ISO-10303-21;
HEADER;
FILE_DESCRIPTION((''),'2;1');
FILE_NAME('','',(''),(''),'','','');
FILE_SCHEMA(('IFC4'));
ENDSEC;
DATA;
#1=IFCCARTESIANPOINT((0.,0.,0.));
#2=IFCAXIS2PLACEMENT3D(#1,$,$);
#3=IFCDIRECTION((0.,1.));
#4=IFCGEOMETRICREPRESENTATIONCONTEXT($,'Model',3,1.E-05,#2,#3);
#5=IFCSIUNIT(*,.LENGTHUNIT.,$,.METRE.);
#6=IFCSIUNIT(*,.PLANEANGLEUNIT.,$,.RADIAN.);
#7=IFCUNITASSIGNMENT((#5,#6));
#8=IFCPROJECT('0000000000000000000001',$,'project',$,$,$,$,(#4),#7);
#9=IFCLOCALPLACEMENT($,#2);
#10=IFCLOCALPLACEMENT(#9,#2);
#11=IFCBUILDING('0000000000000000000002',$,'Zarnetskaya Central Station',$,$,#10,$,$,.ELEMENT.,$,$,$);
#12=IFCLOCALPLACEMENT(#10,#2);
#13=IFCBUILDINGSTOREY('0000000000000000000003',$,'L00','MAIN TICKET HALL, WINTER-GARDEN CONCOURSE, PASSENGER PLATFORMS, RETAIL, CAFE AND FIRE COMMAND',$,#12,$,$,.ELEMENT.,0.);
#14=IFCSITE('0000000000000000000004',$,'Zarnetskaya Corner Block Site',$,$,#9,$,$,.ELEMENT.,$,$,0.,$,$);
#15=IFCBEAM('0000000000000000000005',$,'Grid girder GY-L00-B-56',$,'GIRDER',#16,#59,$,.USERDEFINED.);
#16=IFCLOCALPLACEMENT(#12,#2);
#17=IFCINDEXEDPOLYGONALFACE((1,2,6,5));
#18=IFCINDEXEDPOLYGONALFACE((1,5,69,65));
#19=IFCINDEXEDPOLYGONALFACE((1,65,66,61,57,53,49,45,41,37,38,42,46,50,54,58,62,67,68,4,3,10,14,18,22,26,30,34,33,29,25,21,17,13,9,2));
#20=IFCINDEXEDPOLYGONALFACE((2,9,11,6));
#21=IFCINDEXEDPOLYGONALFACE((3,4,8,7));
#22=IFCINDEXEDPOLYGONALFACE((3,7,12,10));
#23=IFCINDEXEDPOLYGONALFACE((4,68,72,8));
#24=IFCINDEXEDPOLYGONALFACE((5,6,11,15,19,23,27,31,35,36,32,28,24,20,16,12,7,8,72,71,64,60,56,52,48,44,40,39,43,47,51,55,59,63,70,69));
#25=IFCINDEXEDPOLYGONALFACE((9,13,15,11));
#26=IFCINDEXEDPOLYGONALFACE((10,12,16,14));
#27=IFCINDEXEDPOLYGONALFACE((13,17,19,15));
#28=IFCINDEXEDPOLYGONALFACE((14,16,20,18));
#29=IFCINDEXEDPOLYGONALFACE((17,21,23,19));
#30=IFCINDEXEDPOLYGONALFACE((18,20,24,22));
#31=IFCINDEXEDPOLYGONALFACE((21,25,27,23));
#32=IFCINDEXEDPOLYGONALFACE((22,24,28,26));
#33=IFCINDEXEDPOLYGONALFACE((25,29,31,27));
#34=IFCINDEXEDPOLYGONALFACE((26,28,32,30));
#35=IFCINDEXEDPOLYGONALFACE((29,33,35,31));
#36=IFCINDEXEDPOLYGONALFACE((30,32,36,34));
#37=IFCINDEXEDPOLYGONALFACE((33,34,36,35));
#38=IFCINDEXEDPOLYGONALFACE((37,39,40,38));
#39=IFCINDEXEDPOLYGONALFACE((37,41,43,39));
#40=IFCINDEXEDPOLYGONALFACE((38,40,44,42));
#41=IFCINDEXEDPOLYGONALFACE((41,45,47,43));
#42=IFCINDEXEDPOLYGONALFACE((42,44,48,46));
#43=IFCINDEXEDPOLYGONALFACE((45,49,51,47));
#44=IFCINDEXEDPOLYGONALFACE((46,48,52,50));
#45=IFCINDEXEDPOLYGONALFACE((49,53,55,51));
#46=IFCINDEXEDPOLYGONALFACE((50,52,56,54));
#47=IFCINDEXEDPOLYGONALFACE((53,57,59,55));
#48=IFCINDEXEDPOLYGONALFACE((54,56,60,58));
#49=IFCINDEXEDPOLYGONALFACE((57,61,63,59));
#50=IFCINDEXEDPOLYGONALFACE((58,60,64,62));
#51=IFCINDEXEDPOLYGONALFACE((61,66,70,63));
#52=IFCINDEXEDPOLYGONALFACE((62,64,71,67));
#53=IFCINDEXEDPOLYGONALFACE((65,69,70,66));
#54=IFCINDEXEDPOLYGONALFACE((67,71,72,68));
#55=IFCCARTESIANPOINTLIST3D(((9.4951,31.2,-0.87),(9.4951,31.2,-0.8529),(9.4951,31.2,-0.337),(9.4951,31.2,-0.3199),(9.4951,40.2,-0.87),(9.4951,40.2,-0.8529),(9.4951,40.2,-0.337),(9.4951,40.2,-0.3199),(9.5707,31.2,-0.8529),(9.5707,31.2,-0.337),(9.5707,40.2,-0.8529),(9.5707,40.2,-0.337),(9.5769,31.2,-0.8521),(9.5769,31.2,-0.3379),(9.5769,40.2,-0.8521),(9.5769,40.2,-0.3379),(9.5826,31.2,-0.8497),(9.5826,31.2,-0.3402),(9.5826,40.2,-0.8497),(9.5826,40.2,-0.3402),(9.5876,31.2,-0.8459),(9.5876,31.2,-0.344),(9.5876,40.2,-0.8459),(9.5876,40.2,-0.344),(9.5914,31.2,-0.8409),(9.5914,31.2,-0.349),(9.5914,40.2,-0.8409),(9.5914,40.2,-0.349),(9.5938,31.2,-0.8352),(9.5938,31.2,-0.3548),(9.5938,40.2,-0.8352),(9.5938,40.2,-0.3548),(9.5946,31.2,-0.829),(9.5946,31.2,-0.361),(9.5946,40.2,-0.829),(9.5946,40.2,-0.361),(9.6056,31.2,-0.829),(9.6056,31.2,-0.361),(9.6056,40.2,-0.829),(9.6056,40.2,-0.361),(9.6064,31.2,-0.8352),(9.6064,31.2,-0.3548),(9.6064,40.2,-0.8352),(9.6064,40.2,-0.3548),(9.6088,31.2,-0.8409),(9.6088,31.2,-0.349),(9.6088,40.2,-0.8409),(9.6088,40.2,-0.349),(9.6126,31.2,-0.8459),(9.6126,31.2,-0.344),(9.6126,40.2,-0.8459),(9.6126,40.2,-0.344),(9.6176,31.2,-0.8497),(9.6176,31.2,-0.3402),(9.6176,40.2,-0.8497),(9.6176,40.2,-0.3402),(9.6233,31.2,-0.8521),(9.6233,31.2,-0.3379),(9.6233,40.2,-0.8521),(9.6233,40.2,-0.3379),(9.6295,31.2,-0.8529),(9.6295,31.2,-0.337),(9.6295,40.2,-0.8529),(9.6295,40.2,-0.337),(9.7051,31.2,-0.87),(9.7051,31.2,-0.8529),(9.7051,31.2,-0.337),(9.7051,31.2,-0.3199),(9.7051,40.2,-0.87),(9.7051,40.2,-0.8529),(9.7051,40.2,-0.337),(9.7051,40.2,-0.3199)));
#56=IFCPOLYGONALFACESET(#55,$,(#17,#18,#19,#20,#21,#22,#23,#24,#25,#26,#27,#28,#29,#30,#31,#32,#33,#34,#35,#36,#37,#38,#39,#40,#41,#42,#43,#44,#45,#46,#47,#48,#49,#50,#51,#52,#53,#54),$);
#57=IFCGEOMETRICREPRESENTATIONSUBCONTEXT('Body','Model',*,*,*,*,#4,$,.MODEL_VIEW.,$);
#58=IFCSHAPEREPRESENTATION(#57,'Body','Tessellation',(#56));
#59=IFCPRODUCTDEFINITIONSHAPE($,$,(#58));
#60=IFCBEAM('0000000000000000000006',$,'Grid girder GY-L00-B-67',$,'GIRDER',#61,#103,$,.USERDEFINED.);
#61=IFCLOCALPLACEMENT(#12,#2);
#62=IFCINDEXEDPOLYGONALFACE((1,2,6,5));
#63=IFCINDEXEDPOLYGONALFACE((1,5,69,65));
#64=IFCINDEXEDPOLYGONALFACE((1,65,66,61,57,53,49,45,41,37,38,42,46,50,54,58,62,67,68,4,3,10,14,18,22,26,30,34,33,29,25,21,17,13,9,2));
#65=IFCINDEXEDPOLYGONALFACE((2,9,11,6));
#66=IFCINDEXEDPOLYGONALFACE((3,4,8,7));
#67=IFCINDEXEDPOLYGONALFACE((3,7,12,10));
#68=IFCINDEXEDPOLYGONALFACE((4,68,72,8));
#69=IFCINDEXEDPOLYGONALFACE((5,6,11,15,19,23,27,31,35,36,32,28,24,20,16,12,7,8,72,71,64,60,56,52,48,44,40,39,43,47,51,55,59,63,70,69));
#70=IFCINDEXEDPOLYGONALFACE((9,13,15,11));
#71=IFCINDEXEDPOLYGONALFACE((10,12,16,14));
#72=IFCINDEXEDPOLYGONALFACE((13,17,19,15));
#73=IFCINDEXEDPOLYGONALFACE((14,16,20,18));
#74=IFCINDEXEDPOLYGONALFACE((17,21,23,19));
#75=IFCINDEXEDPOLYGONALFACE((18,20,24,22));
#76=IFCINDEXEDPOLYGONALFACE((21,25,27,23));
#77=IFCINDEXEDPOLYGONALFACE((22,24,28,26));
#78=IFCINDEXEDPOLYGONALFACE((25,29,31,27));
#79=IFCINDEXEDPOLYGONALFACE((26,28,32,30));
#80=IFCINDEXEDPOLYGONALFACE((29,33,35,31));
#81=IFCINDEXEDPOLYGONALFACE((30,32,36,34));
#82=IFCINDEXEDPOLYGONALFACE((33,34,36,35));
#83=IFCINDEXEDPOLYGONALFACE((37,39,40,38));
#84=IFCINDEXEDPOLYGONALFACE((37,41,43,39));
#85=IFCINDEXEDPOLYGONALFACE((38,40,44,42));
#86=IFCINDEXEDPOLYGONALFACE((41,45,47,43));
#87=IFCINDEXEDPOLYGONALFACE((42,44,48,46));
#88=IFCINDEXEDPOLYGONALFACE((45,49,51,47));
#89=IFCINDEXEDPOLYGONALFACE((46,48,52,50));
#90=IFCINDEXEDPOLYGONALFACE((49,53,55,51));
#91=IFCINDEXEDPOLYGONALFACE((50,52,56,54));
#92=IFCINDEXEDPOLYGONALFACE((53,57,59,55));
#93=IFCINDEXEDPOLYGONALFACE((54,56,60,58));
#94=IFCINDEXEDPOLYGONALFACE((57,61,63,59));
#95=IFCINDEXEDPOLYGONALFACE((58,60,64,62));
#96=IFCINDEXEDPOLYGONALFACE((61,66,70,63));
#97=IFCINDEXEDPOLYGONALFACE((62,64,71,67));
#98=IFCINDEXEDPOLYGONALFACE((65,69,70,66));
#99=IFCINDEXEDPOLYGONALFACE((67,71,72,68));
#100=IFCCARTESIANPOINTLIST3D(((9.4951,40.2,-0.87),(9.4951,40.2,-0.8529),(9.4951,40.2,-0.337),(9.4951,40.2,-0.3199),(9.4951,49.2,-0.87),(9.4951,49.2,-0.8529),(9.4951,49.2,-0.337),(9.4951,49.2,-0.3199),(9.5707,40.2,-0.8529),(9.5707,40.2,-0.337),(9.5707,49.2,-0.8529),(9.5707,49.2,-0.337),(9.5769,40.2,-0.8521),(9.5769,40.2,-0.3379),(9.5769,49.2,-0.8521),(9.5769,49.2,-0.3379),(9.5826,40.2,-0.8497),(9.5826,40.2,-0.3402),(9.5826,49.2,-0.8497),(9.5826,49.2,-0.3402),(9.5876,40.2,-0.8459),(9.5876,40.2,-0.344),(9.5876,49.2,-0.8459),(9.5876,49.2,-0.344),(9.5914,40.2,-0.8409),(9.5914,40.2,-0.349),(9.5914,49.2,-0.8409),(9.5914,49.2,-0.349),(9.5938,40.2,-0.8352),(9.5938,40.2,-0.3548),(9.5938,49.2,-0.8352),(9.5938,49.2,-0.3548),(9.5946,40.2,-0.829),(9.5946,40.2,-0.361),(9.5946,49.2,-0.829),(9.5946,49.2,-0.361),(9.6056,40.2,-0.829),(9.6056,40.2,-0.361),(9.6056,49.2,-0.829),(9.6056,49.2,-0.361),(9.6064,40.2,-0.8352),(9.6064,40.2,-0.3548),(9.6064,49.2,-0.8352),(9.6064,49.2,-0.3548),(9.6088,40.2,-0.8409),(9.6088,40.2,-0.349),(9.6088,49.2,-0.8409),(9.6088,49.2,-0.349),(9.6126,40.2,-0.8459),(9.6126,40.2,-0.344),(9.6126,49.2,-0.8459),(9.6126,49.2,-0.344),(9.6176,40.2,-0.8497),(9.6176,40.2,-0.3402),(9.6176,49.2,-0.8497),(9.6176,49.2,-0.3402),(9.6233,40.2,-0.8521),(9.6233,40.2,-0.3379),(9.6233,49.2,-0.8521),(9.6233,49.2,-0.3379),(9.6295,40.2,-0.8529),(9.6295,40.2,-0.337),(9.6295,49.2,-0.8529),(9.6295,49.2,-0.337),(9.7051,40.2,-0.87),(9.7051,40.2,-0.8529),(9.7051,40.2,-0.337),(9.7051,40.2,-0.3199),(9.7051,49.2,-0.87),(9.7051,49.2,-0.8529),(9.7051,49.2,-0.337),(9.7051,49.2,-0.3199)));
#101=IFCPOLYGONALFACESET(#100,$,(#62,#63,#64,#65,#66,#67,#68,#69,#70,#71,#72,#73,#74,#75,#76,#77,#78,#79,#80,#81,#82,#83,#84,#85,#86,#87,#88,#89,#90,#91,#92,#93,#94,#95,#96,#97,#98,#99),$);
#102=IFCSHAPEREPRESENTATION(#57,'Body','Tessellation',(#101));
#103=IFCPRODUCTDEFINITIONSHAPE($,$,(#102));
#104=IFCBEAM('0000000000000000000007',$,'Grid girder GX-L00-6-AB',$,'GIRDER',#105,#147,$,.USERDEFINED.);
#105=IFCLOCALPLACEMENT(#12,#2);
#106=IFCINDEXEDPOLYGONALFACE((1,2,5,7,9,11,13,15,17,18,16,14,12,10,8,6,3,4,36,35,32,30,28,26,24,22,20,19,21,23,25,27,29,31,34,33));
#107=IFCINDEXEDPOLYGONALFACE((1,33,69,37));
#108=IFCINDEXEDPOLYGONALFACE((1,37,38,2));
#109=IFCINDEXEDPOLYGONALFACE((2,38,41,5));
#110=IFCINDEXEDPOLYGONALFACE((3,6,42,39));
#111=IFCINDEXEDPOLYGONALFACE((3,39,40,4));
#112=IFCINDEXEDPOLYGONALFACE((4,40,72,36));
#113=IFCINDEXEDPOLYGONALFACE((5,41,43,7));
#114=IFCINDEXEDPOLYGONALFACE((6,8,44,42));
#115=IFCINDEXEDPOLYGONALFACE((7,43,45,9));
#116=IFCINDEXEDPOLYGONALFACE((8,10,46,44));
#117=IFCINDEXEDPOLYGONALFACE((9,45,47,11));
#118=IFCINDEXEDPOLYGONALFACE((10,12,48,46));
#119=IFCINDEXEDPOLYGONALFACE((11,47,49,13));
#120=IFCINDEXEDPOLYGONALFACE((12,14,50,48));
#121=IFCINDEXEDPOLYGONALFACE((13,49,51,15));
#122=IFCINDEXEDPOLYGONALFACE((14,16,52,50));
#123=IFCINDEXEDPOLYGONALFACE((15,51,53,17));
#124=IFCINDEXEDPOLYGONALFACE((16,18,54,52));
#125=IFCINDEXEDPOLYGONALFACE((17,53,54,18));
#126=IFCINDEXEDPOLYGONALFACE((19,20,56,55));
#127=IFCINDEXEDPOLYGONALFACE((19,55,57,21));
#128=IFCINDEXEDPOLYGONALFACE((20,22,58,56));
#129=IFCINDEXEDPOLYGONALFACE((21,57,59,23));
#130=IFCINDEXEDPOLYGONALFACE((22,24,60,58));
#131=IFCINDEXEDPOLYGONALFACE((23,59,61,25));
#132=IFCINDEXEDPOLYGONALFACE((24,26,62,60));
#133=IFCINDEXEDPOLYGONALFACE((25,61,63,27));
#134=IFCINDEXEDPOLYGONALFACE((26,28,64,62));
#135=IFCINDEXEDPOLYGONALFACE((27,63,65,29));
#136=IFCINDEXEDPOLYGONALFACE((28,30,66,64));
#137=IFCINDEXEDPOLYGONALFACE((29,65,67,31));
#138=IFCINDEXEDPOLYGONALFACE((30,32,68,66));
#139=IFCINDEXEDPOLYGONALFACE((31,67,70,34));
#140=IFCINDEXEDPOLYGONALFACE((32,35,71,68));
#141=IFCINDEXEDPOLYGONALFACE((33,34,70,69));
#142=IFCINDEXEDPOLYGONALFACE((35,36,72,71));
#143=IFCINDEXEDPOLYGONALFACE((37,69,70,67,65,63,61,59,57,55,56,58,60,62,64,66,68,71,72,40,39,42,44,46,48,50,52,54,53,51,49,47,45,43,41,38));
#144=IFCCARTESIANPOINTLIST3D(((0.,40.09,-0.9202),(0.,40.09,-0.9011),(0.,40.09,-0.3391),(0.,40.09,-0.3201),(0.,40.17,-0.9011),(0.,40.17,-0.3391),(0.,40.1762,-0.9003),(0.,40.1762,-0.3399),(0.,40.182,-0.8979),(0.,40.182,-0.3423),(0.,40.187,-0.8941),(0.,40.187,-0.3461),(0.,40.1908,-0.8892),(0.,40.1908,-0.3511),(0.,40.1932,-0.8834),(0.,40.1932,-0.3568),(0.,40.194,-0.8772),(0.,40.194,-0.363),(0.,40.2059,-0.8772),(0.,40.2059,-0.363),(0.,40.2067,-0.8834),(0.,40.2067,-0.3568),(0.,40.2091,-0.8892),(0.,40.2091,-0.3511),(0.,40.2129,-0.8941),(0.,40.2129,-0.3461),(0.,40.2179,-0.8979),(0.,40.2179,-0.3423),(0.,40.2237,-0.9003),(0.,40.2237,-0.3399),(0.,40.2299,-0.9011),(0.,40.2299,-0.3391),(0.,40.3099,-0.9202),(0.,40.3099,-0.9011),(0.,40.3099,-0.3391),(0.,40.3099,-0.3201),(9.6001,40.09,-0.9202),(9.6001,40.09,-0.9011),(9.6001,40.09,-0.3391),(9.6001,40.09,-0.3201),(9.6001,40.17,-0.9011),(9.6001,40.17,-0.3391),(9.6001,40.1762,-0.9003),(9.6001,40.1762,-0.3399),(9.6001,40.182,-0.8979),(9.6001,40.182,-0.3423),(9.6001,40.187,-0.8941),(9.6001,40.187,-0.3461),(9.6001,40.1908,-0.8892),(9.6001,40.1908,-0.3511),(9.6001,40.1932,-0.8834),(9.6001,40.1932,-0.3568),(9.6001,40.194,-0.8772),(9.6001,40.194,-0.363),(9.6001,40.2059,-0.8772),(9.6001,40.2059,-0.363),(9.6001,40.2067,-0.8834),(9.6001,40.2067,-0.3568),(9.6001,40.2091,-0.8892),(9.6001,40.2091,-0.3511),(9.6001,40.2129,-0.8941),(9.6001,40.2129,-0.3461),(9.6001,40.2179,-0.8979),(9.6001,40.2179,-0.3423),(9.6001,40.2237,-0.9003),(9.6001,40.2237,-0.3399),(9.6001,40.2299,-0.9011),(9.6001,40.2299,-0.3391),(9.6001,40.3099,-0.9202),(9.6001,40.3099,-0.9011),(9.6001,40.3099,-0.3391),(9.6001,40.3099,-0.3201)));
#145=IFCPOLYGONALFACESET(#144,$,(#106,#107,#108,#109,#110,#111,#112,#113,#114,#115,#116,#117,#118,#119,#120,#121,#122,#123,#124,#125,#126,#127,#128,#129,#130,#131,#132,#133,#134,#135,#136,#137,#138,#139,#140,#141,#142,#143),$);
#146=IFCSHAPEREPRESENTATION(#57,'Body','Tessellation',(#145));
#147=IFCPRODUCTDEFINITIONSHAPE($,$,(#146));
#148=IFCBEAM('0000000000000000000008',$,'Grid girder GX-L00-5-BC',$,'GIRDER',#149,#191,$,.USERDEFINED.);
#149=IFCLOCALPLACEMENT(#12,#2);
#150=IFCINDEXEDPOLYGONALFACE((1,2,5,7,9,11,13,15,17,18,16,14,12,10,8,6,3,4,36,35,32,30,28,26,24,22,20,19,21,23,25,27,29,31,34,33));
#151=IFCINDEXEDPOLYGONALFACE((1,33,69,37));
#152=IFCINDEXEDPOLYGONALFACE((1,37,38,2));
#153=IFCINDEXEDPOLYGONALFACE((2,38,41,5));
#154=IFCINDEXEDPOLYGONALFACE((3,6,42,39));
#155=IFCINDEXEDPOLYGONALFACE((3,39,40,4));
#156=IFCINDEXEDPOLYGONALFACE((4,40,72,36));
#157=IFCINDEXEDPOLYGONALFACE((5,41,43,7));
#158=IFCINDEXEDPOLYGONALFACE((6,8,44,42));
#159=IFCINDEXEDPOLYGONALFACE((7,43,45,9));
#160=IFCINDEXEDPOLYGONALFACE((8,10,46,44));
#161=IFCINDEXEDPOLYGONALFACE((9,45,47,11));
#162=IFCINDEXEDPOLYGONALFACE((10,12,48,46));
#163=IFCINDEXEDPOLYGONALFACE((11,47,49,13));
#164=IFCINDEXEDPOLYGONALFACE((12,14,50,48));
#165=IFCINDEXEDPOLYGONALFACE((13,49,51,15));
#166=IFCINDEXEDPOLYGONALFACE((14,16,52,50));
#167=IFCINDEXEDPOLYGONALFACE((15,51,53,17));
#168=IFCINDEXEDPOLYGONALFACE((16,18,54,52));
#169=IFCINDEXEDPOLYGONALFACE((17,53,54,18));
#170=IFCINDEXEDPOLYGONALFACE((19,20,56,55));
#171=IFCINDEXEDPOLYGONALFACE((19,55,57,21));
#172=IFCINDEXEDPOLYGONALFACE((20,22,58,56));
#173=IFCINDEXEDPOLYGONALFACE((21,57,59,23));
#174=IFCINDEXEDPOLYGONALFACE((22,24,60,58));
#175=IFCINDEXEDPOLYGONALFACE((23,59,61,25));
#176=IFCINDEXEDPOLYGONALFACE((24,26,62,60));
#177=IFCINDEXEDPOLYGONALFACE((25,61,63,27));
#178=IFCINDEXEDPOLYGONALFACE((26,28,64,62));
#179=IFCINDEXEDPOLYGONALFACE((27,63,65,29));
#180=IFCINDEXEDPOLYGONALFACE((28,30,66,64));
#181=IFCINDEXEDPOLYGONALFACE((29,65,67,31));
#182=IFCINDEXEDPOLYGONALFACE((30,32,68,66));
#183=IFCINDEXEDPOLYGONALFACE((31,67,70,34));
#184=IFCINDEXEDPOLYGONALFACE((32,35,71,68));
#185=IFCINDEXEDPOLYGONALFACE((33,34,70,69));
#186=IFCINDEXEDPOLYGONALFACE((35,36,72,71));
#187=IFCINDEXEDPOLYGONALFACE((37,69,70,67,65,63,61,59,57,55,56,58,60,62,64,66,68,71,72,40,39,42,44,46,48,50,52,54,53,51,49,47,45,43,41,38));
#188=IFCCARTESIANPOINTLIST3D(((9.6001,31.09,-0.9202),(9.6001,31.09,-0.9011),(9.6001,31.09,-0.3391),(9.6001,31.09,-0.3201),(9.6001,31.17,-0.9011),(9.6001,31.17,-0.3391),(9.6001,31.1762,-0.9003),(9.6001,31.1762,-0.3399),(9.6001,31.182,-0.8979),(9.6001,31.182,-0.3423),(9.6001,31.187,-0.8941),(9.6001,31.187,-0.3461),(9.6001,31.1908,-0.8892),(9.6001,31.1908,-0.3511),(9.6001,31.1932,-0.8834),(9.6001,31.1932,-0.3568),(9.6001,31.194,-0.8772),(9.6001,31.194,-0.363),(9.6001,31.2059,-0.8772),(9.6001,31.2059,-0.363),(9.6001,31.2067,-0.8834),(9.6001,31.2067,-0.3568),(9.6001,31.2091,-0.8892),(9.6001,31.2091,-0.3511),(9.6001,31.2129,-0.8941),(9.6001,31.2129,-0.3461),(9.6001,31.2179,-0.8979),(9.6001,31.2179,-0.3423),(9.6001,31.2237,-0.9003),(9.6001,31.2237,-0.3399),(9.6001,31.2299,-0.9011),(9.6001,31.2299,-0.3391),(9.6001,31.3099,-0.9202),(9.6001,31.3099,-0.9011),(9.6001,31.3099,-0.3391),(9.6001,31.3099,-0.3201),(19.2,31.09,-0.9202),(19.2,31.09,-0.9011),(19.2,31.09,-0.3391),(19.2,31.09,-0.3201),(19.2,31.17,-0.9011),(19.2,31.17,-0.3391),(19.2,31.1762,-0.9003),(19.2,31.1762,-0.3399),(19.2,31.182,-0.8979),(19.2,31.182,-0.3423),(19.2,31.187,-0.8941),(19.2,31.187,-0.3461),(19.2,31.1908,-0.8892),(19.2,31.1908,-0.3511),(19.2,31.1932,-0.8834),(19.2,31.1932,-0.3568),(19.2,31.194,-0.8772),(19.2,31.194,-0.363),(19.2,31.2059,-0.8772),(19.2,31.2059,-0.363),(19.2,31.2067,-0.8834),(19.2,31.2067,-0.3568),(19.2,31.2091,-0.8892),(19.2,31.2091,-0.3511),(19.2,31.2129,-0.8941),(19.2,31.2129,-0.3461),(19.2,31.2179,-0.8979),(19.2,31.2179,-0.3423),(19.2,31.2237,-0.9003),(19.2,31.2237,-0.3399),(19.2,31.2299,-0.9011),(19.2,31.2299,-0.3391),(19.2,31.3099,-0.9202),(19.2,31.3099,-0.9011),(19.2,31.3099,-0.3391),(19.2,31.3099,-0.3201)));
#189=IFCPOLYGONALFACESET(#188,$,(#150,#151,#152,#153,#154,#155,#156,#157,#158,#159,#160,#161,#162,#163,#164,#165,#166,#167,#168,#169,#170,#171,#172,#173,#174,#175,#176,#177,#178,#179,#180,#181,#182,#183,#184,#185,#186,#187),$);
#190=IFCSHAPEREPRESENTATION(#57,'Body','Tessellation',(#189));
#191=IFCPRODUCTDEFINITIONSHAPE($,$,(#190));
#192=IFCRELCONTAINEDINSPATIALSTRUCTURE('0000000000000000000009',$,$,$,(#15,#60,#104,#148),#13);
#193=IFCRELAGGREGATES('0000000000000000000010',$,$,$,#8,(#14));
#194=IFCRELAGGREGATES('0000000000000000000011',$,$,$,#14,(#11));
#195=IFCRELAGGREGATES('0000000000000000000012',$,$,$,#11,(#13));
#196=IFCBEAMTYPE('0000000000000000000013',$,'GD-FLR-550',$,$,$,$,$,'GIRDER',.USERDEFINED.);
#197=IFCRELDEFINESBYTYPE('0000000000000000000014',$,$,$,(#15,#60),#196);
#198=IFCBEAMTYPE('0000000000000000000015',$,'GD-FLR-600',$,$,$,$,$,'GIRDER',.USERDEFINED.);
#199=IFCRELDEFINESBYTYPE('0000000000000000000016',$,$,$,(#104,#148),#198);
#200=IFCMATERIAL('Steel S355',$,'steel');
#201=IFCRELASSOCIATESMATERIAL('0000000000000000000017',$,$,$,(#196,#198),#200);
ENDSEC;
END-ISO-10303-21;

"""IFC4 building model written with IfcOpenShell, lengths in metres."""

from ifc_helpers import new_model, si_unit, direction, frame, origin, origin_2d, place, context, subcontext, project, spatial, i_section, extrude, material, material_profile, profile_set, type_object, element, save


model = new_model("IFC4")

# Units and contexts
model_context = context("Model", 3, precision=1e-05, world=origin(), true_north=direction((0.0, 1.0)))
body_context = subcontext(model_context, "Body", "Model", "MODEL_VIEW")
ifc_project = project(units=[si_unit("LENGTHUNIT", "METRE"), si_unit("PLANEANGLEUNIT", "RADIAN")], contexts=[model_context])

# Site, building, storey
site_placement = place(None, origin())
site = spatial("IfcSite", under=ifc_project, at=site_placement, Name="Zarnetskaya Corner Block Site", CompositionType="ELEMENT", RefElevation=0.0)
building_placement = place(site_placement, origin())
building = spatial("IfcBuilding", under=site, at=building_placement, Name="Zarnetskaya Central Station", CompositionType="ELEMENT")
storey_placement = place(building_placement, origin())
storey = spatial("IfcBuildingStorey", under=building, at=storey_placement, Name="L00", Description="MAIN TICKET HALL, WINTER-GARDEN CONCOURSE, PASSENGER PLATFORMS, RETAIL, CAFE AND FIRE COMMAND", CompositionType="ELEMENT", Elevation=0.0)

# Shared definitions
ifc_material_1 = material(Name="Steel S355", Category="steel")

# Beams
ifc_material_profile_1 = material_profile(ifc_material_1, i_section(OverallWidth=0.21, OverallDepth=0.55, WebThickness=0.011, FlangeThickness=0.0171, FilletRadius=0.0239, at=origin_2d()), Name="IPE 550")
ifc_profile_set_1 = profile_set([ifc_material_profile_1], Name="Steel S355")
beam_type_1 = type_object("IfcBeamType", Name="GD-FLR-550", ElementType="GIRDER", PredefinedType="USERDEFINED", material=ifc_profile_set_1)
for number, where, z_axis, x_axis, name in (
    (1, (9.6001, 31.2, -0.595), (0.0, 1.0, 0.0), (-1.0, 0.0, 0.0), "Grid girder GY-L00-B-56"),
    (2, (9.6001, 40.2, -0.595), (0.0, 1.0, 0.0), (-1.0, 0.0, 0.0), "Grid girder GY-L00-B-67"),
):
    element("IfcBeam", number, at=place(storey_placement, frame(where, z_axis=z_axis, x_axis=x_axis)), inside=storey, type_object=beam_type_1, Name=name, ObjectType="GIRDER", PredefinedType="USERDEFINED", context=body_context, shape_type="SweptSolid", body=[
        extrude(i_section(OverallWidth=0.21, OverallDepth=0.55, WebThickness=0.011, FlangeThickness=0.0171, FilletRadius=0.0239, at=origin_2d()), origin(), (0.0, 0.0, 1.0), 9.0),
    ])
ifc_material_profile_2 = material_profile(ifc_material_1, i_section(OverallWidth=0.22, OverallDepth=0.6001, WebThickness=0.012, FlangeThickness=0.019, FilletRadius=0.0239, at=origin_2d()), Name="IPE 600")
ifc_profile_set_2 = profile_set([ifc_material_profile_2], Name="Steel S355")
beam_type_2 = type_object("IfcBeamType", Name="GD-FLR-600", ElementType="GIRDER", PredefinedType="USERDEFINED", material=ifc_profile_set_2)
beam_1_placement = place(storey_placement, frame((0.0, 40.2, -0.6201), z_axis=(1.0, 0.0, 0.0), x_axis=(0.0, 1.0, 0.0)))
element("IfcBeam", 3, at=beam_1_placement, inside=storey, type_object=beam_type_2, Name="Grid girder GX-L00-6-AB", ObjectType="GIRDER", PredefinedType="USERDEFINED", context=body_context, shape_type="SweptSolid", body=[
    extrude(i_section(OverallWidth=0.22, OverallDepth=0.6001, WebThickness=0.012, FlangeThickness=0.019, FilletRadius=0.0239, at=origin_2d()), origin(), (0.0, 0.0, 1.0), 9.6001),
])
beam_2_placement = place(storey_placement, frame((9.6001, 31.2, -0.6201), z_axis=(1.0, 0.0, 0.0), x_axis=(0.0, 1.0, 0.0)))
element("IfcBeam", 4, at=beam_2_placement, inside=storey, type_object=beam_type_2, Name="Grid girder GX-L00-5-BC", ObjectType="GIRDER", PredefinedType="USERDEFINED", context=body_context, shape_type="SweptSolid", body=[
    extrude(i_section(OverallWidth=0.22, OverallDepth=0.6001, WebThickness=0.012, FlangeThickness=0.019, FilletRadius=0.0239, at=origin_2d()), origin(), (0.0, 0.0, 1.0), 9.5999),
])

save(model, "model.ifc")
